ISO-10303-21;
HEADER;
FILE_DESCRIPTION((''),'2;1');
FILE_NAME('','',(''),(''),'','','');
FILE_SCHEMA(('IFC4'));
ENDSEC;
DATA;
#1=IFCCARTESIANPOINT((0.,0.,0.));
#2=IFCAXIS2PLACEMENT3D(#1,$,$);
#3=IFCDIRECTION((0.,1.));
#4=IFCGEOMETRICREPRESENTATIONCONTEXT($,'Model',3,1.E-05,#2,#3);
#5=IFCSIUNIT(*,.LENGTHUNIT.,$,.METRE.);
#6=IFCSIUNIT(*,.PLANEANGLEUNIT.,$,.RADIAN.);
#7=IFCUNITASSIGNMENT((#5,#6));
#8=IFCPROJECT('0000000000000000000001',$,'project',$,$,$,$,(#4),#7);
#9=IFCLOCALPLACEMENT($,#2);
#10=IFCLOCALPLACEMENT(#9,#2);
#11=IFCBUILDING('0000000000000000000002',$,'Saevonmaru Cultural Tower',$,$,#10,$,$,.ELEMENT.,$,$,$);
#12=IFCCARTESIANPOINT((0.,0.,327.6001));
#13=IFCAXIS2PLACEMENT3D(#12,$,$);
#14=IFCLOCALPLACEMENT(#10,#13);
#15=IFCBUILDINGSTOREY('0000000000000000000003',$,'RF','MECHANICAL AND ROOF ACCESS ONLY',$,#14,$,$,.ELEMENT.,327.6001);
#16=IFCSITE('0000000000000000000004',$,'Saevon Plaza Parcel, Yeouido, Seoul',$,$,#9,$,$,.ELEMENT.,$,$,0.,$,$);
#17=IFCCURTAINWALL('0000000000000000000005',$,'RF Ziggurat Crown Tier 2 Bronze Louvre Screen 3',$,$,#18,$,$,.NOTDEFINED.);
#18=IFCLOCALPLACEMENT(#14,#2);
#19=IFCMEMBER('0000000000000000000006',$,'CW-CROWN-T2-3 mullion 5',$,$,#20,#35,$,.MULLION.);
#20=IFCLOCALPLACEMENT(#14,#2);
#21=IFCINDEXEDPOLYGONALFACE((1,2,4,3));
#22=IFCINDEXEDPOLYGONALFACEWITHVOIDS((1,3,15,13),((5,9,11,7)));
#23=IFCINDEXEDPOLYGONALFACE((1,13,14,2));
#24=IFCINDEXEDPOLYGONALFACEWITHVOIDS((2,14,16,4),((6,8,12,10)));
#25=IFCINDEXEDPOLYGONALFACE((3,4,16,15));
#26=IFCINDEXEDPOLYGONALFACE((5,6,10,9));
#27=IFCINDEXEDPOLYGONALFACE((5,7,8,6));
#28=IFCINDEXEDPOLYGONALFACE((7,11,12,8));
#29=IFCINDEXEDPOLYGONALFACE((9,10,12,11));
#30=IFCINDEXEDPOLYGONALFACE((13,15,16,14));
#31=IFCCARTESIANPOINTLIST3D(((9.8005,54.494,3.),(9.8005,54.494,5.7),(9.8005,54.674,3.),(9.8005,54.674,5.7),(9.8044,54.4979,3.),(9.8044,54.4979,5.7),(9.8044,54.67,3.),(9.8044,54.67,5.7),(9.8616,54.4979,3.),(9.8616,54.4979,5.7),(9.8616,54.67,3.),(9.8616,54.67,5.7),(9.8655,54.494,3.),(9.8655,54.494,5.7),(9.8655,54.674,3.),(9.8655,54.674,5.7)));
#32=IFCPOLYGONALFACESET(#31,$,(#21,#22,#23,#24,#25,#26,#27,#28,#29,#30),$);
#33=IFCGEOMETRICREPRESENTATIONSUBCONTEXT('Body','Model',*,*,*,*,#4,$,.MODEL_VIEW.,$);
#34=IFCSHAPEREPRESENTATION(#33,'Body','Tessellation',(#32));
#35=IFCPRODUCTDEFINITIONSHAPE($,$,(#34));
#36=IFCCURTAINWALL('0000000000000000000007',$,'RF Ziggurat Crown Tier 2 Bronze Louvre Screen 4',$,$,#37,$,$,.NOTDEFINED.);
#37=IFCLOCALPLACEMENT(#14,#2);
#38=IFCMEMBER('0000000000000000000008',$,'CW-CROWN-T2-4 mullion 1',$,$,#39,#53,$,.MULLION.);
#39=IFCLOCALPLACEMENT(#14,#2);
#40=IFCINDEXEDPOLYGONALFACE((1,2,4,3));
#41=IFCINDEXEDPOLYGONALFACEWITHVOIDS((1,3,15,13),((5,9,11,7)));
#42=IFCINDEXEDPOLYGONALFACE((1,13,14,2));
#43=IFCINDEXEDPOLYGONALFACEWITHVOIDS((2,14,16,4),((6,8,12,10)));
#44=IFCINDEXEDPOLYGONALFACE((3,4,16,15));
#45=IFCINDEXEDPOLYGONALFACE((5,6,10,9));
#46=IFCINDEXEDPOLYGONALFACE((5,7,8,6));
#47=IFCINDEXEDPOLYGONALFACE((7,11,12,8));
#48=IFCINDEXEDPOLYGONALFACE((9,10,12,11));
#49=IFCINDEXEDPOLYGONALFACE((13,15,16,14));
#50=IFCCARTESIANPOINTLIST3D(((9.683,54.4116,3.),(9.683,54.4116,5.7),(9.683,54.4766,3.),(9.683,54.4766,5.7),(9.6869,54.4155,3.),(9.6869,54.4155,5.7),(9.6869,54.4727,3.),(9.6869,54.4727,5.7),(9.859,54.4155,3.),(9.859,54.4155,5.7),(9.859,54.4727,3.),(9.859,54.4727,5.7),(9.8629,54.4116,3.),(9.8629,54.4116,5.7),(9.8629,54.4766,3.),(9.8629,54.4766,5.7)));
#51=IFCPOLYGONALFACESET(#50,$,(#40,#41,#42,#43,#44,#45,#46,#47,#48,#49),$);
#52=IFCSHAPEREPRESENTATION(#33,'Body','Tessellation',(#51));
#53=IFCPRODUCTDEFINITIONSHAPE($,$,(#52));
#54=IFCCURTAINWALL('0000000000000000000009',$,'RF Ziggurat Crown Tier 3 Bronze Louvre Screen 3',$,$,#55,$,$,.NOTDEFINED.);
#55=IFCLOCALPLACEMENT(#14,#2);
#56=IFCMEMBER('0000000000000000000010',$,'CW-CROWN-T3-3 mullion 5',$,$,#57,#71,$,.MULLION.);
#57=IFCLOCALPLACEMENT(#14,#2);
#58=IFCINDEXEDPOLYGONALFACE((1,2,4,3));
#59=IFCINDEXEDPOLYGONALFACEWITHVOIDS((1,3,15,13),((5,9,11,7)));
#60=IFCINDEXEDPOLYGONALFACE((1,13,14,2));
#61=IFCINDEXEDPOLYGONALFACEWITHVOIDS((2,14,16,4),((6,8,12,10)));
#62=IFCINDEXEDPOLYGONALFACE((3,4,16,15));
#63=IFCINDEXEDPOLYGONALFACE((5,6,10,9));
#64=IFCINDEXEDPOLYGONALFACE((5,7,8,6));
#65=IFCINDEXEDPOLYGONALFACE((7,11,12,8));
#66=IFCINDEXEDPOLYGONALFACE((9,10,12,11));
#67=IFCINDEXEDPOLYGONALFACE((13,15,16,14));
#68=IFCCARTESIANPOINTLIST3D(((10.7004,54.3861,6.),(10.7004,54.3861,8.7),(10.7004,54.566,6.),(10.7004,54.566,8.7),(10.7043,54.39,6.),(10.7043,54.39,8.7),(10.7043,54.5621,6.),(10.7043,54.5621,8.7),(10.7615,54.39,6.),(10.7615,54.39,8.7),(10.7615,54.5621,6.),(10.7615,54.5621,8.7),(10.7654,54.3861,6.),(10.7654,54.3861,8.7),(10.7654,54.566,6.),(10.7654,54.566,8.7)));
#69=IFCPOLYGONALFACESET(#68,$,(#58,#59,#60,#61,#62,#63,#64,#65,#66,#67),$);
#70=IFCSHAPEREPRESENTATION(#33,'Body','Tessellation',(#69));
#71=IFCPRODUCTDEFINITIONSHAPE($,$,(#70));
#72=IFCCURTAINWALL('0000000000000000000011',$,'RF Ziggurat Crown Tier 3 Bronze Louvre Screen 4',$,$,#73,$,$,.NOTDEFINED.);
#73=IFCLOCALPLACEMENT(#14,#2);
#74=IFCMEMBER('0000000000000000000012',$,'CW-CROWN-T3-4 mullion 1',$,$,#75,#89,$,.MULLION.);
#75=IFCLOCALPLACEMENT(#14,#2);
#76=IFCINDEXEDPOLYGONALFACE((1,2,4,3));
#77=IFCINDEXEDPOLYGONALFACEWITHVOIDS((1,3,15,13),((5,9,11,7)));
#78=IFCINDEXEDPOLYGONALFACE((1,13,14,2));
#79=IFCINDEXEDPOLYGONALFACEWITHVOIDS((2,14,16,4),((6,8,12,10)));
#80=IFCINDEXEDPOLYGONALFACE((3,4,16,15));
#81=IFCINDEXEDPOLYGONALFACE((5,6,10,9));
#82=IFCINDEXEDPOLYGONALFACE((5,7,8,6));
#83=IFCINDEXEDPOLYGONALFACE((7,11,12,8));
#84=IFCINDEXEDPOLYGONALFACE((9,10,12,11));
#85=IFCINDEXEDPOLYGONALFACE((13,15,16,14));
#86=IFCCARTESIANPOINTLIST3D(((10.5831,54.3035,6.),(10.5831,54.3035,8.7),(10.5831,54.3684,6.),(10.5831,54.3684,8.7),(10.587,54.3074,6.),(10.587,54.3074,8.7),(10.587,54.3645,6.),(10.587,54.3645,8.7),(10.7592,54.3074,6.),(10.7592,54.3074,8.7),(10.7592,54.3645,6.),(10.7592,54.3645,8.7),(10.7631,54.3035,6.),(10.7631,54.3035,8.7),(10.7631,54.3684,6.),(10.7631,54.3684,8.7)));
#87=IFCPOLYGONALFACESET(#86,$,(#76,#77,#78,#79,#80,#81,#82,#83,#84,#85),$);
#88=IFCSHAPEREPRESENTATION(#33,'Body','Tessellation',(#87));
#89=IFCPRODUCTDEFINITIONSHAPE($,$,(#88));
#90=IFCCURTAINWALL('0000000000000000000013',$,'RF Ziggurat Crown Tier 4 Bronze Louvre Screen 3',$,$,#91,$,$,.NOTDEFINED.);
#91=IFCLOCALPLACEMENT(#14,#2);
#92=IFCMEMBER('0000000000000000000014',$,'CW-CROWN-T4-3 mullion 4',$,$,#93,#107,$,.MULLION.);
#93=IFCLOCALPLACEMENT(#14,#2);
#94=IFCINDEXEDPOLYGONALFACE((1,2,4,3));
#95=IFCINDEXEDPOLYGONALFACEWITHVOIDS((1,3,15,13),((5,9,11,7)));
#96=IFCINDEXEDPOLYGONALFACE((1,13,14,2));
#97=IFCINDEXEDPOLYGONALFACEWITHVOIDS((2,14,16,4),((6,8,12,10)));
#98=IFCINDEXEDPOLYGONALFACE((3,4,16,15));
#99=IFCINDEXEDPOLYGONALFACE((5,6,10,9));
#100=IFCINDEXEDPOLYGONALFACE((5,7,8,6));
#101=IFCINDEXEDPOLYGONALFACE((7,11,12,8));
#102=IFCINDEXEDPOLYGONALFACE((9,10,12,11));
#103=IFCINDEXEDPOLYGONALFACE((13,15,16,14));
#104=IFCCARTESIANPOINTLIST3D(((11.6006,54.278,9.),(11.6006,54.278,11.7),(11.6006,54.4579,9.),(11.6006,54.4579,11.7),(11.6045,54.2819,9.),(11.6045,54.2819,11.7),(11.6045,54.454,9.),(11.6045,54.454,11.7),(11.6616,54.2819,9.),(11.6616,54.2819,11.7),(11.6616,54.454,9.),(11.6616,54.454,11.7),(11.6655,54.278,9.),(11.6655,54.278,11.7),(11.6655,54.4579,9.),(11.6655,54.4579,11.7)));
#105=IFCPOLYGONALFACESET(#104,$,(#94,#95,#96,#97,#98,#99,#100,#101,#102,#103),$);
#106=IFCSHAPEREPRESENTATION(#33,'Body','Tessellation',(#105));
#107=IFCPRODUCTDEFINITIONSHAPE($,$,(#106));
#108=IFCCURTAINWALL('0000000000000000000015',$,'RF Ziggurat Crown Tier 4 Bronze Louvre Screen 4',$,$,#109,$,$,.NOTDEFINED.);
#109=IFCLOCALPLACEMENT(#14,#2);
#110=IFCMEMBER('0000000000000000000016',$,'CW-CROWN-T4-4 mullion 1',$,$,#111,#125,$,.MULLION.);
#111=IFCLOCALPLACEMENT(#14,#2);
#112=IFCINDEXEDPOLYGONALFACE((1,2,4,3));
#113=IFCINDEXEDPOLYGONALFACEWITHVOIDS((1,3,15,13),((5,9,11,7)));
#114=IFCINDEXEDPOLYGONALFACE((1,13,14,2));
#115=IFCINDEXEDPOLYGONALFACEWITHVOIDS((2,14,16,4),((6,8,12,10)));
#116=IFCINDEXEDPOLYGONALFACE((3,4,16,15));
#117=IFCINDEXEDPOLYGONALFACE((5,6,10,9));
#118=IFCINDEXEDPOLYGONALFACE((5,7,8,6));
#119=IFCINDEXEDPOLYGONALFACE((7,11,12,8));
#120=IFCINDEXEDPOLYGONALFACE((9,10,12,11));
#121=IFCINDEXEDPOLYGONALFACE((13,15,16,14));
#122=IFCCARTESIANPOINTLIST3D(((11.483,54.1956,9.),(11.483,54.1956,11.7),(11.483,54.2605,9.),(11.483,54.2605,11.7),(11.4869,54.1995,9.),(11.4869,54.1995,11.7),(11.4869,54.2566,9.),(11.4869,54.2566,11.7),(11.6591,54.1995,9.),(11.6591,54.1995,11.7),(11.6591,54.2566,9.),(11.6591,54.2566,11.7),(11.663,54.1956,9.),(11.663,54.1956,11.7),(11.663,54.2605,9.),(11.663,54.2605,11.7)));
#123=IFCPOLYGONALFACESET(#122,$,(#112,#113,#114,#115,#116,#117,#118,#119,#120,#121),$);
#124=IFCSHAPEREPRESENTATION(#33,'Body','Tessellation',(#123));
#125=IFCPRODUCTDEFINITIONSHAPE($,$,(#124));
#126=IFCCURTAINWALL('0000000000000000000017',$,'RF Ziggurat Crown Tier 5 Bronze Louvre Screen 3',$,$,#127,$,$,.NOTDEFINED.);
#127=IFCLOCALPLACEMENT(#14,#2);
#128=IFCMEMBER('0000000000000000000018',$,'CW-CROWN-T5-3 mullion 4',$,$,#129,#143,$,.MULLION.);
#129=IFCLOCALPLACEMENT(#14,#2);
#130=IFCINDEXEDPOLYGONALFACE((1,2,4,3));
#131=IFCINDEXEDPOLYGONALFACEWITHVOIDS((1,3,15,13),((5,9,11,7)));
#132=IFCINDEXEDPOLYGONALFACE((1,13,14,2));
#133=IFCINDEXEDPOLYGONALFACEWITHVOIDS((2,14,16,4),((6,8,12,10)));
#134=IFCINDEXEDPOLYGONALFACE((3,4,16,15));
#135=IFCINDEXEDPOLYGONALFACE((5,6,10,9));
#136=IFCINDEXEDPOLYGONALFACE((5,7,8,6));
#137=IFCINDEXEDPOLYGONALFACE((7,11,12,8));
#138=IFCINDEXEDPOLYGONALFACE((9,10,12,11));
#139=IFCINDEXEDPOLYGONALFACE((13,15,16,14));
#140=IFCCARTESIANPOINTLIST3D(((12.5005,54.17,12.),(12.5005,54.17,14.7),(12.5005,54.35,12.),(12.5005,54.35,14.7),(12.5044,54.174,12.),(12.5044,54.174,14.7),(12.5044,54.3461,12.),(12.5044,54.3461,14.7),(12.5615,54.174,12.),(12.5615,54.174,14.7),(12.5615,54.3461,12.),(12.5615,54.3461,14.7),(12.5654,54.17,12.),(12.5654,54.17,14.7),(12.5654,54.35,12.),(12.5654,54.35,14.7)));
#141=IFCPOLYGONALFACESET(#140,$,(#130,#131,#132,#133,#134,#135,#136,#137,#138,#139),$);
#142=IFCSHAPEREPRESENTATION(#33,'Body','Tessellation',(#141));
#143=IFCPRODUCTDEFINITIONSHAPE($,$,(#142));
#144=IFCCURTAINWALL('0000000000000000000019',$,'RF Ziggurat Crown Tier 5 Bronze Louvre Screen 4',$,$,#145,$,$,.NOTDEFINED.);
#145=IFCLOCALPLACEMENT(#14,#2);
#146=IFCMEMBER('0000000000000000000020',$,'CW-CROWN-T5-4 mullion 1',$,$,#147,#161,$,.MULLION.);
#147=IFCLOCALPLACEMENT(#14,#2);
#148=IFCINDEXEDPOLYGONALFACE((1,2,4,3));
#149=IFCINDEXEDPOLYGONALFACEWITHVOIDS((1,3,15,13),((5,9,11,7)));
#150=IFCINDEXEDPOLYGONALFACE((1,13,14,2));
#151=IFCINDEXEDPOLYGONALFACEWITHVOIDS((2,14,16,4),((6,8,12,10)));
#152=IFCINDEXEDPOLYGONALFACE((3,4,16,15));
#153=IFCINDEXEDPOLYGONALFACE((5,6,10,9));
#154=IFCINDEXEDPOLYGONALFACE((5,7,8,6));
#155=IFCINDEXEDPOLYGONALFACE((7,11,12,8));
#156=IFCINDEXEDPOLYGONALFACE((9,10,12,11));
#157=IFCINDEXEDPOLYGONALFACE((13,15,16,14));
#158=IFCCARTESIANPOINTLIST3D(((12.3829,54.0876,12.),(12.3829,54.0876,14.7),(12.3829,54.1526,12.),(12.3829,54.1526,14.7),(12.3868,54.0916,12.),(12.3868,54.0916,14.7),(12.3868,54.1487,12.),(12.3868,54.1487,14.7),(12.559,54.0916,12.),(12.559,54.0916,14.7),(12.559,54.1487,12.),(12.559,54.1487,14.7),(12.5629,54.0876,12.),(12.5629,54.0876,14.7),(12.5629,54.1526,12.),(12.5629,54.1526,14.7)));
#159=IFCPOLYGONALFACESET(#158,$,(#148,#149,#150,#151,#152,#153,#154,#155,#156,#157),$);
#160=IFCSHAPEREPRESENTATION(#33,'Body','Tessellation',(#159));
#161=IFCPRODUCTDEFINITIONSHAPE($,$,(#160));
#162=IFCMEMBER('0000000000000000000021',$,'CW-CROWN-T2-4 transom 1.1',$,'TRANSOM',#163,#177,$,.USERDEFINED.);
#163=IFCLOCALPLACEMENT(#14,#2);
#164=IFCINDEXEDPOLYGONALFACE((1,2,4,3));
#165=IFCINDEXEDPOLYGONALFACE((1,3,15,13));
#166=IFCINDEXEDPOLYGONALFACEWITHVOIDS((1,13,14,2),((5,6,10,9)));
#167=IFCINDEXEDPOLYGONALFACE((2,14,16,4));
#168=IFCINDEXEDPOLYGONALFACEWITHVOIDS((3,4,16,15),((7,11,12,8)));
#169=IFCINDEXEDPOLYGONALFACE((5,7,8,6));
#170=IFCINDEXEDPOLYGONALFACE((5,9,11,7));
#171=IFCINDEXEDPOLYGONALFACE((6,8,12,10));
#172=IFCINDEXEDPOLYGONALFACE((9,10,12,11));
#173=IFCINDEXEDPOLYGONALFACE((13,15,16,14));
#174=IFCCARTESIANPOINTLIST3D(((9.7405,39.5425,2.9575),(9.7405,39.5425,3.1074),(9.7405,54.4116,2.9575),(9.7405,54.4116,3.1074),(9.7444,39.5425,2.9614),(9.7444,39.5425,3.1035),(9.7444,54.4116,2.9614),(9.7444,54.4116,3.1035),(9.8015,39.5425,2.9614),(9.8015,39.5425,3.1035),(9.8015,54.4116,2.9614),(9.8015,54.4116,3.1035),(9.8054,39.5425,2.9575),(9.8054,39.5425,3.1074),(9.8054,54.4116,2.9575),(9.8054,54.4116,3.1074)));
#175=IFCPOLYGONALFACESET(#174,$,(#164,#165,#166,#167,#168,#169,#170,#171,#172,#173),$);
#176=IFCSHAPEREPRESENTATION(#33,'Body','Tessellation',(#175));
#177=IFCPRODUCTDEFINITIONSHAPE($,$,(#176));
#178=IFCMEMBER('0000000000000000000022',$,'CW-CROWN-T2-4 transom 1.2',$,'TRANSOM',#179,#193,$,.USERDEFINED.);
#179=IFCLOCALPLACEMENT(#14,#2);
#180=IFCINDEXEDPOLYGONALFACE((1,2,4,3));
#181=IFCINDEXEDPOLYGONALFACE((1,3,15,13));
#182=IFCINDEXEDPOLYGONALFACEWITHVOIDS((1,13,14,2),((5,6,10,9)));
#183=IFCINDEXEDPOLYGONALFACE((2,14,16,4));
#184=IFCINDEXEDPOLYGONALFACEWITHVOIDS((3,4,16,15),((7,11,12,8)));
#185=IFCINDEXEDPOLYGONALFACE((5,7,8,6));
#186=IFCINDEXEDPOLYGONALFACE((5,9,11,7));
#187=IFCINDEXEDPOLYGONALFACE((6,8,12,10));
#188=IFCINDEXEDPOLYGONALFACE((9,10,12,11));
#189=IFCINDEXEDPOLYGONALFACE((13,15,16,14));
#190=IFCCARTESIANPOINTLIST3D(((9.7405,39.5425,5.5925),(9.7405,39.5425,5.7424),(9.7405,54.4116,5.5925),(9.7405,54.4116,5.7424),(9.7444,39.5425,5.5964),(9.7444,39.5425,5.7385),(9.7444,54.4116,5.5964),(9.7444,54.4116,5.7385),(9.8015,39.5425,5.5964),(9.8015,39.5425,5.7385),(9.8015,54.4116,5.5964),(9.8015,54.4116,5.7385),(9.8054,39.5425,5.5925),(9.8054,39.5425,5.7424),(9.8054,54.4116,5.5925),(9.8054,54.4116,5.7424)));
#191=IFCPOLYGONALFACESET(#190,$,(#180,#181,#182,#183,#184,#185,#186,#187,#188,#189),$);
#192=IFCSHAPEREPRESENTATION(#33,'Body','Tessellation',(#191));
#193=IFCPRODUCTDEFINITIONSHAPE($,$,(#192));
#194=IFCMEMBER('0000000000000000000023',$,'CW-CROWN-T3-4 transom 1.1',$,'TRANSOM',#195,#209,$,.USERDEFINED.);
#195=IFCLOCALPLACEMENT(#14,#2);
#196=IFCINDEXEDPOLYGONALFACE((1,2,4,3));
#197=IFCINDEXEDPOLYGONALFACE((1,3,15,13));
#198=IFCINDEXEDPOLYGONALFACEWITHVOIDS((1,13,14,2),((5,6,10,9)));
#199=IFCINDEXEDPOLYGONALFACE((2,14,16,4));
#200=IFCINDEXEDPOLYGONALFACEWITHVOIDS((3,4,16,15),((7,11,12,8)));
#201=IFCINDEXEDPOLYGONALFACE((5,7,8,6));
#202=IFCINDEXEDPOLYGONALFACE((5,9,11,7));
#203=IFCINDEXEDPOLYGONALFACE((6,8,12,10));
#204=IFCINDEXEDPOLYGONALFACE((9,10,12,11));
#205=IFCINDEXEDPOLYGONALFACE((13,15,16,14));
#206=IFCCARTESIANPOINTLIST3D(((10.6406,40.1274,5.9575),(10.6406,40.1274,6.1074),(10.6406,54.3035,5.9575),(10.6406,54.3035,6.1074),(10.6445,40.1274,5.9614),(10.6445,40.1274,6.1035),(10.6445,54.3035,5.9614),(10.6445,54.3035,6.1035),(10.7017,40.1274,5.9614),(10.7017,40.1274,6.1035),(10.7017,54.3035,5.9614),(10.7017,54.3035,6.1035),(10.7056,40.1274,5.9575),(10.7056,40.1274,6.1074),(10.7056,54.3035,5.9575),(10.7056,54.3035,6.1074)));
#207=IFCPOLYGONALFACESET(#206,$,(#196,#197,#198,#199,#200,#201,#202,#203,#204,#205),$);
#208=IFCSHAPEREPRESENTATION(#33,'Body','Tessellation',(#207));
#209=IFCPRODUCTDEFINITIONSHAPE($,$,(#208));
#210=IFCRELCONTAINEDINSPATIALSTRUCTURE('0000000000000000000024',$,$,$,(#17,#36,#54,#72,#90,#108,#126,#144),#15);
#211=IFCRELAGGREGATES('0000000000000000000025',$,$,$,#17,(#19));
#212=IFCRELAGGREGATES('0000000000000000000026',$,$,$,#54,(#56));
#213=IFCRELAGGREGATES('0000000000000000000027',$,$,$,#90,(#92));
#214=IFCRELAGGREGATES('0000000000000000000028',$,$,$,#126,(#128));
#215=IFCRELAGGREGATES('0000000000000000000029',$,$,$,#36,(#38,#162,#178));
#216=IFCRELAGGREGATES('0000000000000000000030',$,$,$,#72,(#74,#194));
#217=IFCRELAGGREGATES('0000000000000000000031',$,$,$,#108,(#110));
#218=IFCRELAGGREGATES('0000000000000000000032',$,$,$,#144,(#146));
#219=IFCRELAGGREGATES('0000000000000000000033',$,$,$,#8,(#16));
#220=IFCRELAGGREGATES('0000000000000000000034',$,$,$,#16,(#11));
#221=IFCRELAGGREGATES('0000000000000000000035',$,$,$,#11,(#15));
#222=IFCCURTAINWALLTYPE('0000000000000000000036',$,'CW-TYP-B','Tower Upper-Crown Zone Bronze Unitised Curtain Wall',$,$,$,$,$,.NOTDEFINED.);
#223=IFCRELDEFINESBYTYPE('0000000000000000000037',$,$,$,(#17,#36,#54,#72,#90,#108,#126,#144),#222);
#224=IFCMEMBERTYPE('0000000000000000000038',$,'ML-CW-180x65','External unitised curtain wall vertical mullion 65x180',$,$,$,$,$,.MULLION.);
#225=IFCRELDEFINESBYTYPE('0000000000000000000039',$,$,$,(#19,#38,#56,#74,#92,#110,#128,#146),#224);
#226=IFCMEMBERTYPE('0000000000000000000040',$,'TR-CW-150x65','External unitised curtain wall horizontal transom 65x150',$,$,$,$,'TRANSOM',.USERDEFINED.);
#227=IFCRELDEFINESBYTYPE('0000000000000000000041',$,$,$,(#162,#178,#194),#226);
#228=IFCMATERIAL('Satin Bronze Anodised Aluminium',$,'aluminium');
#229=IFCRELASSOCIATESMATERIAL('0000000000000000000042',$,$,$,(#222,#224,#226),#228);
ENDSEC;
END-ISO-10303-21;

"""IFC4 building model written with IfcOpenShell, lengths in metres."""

from ifc_helpers import new_model, si_unit, direction, frame, origin, origin_2d, place, context, subcontext, project, spatial, hollow_rectangle, extrude, material, material_profile, profile_set, type_object, element, aggregate, save


model = new_model("IFC4")

# Units and contexts
model_context = context("Model", 3, precision=1e-05, world=origin(), true_north=direction((0.0, 1.0)))
body_context = subcontext(model_context, "Body", "Model", "MODEL_VIEW")
ifc_project = project(units=[si_unit("LENGTHUNIT", "METRE"), si_unit("PLANEANGLEUNIT", "RADIAN")], contexts=[model_context])

# Site, building, storey
site_placement = place(None, origin())
site = spatial("IfcSite", under=ifc_project, at=site_placement, Name="Saevon Plaza Parcel, Yeouido, Seoul", CompositionType="ELEMENT", RefElevation=0.0)
building_placement = place(site_placement, origin())
building = spatial("IfcBuilding", under=site, at=building_placement, Name="Saevonmaru Cultural Tower", CompositionType="ELEMENT")
storey_placement = place(building_placement, frame((0.0, 0.0, 327.6001)))
storey = spatial("IfcBuildingStorey", under=building, at=storey_placement, Name="RF", Description="MECHANICAL AND ROOF ACCESS ONLY", CompositionType="ELEMENT", Elevation=327.6001)

# Curtain walls, members
ifc_material_1 = material(Name="Satin Bronze Anodised Aluminium", Category="aluminium")
curtain_wall_type = type_object("IfcCurtainWallType", Name="CW-TYP-B", Description="Tower Upper-Crown Zone Bronze Unitised Curtain Wall", PredefinedType="NOTDEFINED", material=ifc_material_1)
curtain_wall_1_placement = place(storey_placement, origin())
curtain_wall_1 = element("IfcCurtainWall", 1, at=curtain_wall_1_placement, inside=storey, type_object=curtain_wall_type, Name="RF Ziggurat Crown Tier 2 Bronze Louvre Screen 3", PredefinedType="NOTDEFINED")
ifc_material_profile_1 = material_profile(ifc_material_1, hollow_rectangle(XDim=0.0649, YDim=0.1799, WallThickness=0.0039, at=origin_2d()), Name="ALU-MULL-180x65x4")
ifc_profile_set_1 = profile_set([ifc_material_profile_1], Name="Satin Bronze Anodised Aluminium")
member_type_1 = type_object("IfcMemberType", Name="ML-CW-180x65", Description="External unitised curtain wall vertical mullion 65x180", PredefinedType="MULLION", material=ifc_profile_set_1)
member_1_placement = place(storey_placement, frame((9.833, 54.584, 3.0), z_axis=(0.0, 0.0, 1.0), x_axis=(-1.0, 0.0, 0.0)))
member_1 = element("IfcMember", 2, at=member_1_placement, type_object=member_type_1, Name="CW-CROWN-T2-3 mullion 5", PredefinedType="MULLION", context=body_context, shape_type="SweptSolid", body=[
    extrude(hollow_rectangle(XDim=0.0649, YDim=0.1799, WallThickness=0.0039, at=origin_2d()), origin(), (0.0, 0.0, 1.0), 2.7),
])
aggregate(curtain_wall_1, [member_1])
curtain_wall_2_placement = place(storey_placement, origin())
curtain_wall_2 = element("IfcCurtainWall", 3, at=curtain_wall_2_placement, inside=storey, type_object=curtain_wall_type, Name="RF Ziggurat Crown Tier 2 Bronze Louvre Screen 4", PredefinedType="NOTDEFINED")
member_2_placement = place(storey_placement, frame((9.7729, 54.4441, 3.0), z_axis=(0.0, 0.0, 1.0), x_axis=(0.0, -1.0, 0.0)))
member_2 = element("IfcMember", 4, at=member_2_placement, type_object=member_type_1, Name="CW-CROWN-T2-4 mullion 1", PredefinedType="MULLION", context=body_context, shape_type="SweptSolid", body=[
    extrude(hollow_rectangle(XDim=0.0649, YDim=0.1799, WallThickness=0.0039, at=origin_2d()), origin(), (0.0, 0.0, 1.0), 2.7),
])
curtain_wall_3_placement = place(storey_placement, origin())
curtain_wall_3 = element("IfcCurtainWall", 5, at=curtain_wall_3_placement, inside=storey, type_object=curtain_wall_type, Name="RF Ziggurat Crown Tier 3 Bronze Louvre Screen 3", PredefinedType="NOTDEFINED")
member_3_placement = place(storey_placement, frame((10.7329, 54.4761, 6.0), z_axis=(0.0, 0.0, 1.0), x_axis=(-1.0, 0.0, 0.0)))
member_3 = element("IfcMember", 6, at=member_3_placement, type_object=member_type_1, Name="CW-CROWN-T3-3 mullion 5", PredefinedType="MULLION", context=body_context, shape_type="SweptSolid", body=[
    extrude(hollow_rectangle(XDim=0.0649, YDim=0.1799, WallThickness=0.0039, at=origin_2d()), origin(), (0.0, 0.0, 1.0), 2.7),
])
aggregate(curtain_wall_3, [member_3])
curtain_wall_4_placement = place(storey_placement, origin())
curtain_wall_4 = element("IfcCurtainWall", 7, at=curtain_wall_4_placement, inside=storey, type_object=curtain_wall_type, Name="RF Ziggurat Crown Tier 3 Bronze Louvre Screen 4", PredefinedType="NOTDEFINED")
member_4_placement = place(storey_placement, frame((10.6731, 54.3359, 6.0), z_axis=(0.0, 0.0, 1.0), x_axis=(0.0, -1.0, 0.0)))
member_4 = element("IfcMember", 8, at=member_4_placement, type_object=member_type_1, Name="CW-CROWN-T3-4 mullion 1", PredefinedType="MULLION", context=body_context, shape_type="SweptSolid", body=[
    extrude(hollow_rectangle(XDim=0.0649, YDim=0.1799, WallThickness=0.0039, at=origin_2d()), origin(), (0.0, 0.0, 1.0), 2.7),
])
curtain_wall_5_placement = place(storey_placement, origin())
curtain_wall_5 = element("IfcCurtainWall", 9, at=curtain_wall_5_placement, inside=storey, type_object=curtain_wall_type, Name="RF Ziggurat Crown Tier 4 Bronze Louvre Screen 3", PredefinedType="NOTDEFINED")
member_5_placement = place(storey_placement, frame((11.6331, 54.3679, 9.0), z_axis=(0.0, 0.0, 1.0), x_axis=(-1.0, 0.0, 0.0)))
member_5 = element("IfcMember", 10, at=member_5_placement, type_object=member_type_1, Name="CW-CROWN-T4-3 mullion 4", PredefinedType="MULLION", context=body_context, shape_type="SweptSolid", body=[
    extrude(hollow_rectangle(XDim=0.0649, YDim=0.1799, WallThickness=0.0039, at=origin_2d()), origin(), (0.0, 0.0, 1.0), 2.7),
])
aggregate(curtain_wall_5, [member_5])
curtain_wall_6_placement = place(storey_placement, origin())
curtain_wall_6 = element("IfcCurtainWall", 11, at=curtain_wall_6_placement, inside=storey, type_object=curtain_wall_type, Name="RF Ziggurat Crown Tier 4 Bronze Louvre Screen 4", PredefinedType="NOTDEFINED")
member_6_placement = place(storey_placement, frame((11.573, 54.228, 9.0), z_axis=(0.0, 0.0, 1.0), x_axis=(0.0, -1.0, 0.0)))
member_6 = element("IfcMember", 12, at=member_6_placement, type_object=member_type_1, Name="CW-CROWN-T4-4 mullion 1", PredefinedType="MULLION", context=body_context, shape_type="SweptSolid", body=[
    extrude(hollow_rectangle(XDim=0.0649, YDim=0.1799, WallThickness=0.0039, at=origin_2d()), origin(), (0.0, 0.0, 1.0), 2.7),
])
curtain_wall_7_placement = place(storey_placement, origin())
curtain_wall_7 = element("IfcCurtainWall", 13, at=curtain_wall_7_placement, inside=storey, type_object=curtain_wall_type, Name="RF Ziggurat Crown Tier 5 Bronze Louvre Screen 3", PredefinedType="NOTDEFINED")
member_7_placement = place(storey_placement, frame((12.533, 54.26, 12.0), z_axis=(0.0, 0.0, 1.0), x_axis=(-1.0, 0.0, 0.0)))
member_7 = element("IfcMember", 14, at=member_7_placement, type_object=member_type_1, Name="CW-CROWN-T5-3 mullion 4", PredefinedType="MULLION", context=body_context, shape_type="SweptSolid", body=[
    extrude(hollow_rectangle(XDim=0.0649, YDim=0.1799, WallThickness=0.0039, at=origin_2d()), origin(), (0.0, 0.0, 1.0), 2.7),
])
aggregate(curtain_wall_7, [member_7])
curtain_wall_8_placement = place(storey_placement, origin())
curtain_wall_8 = element("IfcCurtainWall", 15, at=curtain_wall_8_placement, inside=storey, type_object=curtain_wall_type, Name="RF Ziggurat Crown Tier 5 Bronze Louvre Screen 4", PredefinedType="NOTDEFINED")
member_8_placement = place(storey_placement, frame((12.4729, 54.1201, 12.0), z_axis=(0.0, 0.0, 1.0), x_axis=(0.0, -1.0, 0.0)))
member_8 = element("IfcMember", 16, at=member_8_placement, type_object=member_type_1, Name="CW-CROWN-T5-4 mullion 1", PredefinedType="MULLION", context=body_context, shape_type="SweptSolid", body=[
    extrude(hollow_rectangle(XDim=0.0649, YDim=0.1799, WallThickness=0.0039, at=origin_2d()), origin(), (0.0, 0.0, 1.0), 2.7),
])

# Members
ifc_material_profile_2 = material_profile(ifc_material_1, hollow_rectangle(XDim=0.0649, YDim=0.1499, WallThickness=0.0039, at=origin_2d()), Name="ALU-TRAN-150x65x4")
ifc_profile_set_2 = profile_set([ifc_material_profile_2], Name="Satin Bronze Anodised Aluminium")
member_type_2 = type_object("IfcMemberType", Name="TR-CW-150x65", Description="External unitised curtain wall horizontal transom 65x150", ElementType="TRANSOM", PredefinedType="USERDEFINED", material=ifc_profile_set_2)
member_9_placement = place(storey_placement, frame((9.7729, 54.4116, 3.0325), z_axis=(0.0, -1.0, 0.0), x_axis=(1.0, 0.0, 0.0)))
member_9 = element("IfcMember", 17, at=member_9_placement, type_object=member_type_2, Name="CW-CROWN-T2-4 transom 1.1", ObjectType="TRANSOM", PredefinedType="USERDEFINED", context=body_context, shape_type="SweptSolid", body=[
    extrude(hollow_rectangle(XDim=0.0649, YDim=0.1499, WallThickness=0.0039, at=origin_2d()), origin(), (0.0, 0.0, 1.0), 14.8691),
])
member_10_placement = place(storey_placement, frame((9.7729, 54.4116, 5.6675), z_axis=(0.0, -1.0, 0.0), x_axis=(1.0, 0.0, 0.0)))
member_10 = element("IfcMember", 18, at=member_10_placement, type_object=member_type_2, Name="CW-CROWN-T2-4 transom 1.2", ObjectType="TRANSOM", PredefinedType="USERDEFINED", context=body_context, shape_type="SweptSolid", body=[
    extrude(hollow_rectangle(XDim=0.0649, YDim=0.1499, WallThickness=0.0039, at=origin_2d()), origin(), (0.0, 0.0, 1.0), 14.8691),
])
aggregate(curtain_wall_2, [member_2, member_9, member_10])
member_11_placement = place(storey_placement, frame((10.6731, 54.3035, 6.0325), z_axis=(0.0, -1.0, 0.0), x_axis=(1.0, 0.0, 0.0)))
member_11 = element("IfcMember", 19, at=member_11_placement, type_object=member_type_2, Name="CW-CROWN-T3-4 transom 1.1", ObjectType="TRANSOM", PredefinedType="USERDEFINED", context=body_context, shape_type="SweptSolid", body=[
    extrude(hollow_rectangle(XDim=0.0649, YDim=0.1499, WallThickness=0.0039, at=origin_2d()), origin(), (0.0, 0.0, 1.0), 14.176),
])

aggregate(curtain_wall_4, [member_4, member_11])
aggregate(curtain_wall_6, [member_6])
aggregate(curtain_wall_8, [member_8])

save(model, "model.ifc")
